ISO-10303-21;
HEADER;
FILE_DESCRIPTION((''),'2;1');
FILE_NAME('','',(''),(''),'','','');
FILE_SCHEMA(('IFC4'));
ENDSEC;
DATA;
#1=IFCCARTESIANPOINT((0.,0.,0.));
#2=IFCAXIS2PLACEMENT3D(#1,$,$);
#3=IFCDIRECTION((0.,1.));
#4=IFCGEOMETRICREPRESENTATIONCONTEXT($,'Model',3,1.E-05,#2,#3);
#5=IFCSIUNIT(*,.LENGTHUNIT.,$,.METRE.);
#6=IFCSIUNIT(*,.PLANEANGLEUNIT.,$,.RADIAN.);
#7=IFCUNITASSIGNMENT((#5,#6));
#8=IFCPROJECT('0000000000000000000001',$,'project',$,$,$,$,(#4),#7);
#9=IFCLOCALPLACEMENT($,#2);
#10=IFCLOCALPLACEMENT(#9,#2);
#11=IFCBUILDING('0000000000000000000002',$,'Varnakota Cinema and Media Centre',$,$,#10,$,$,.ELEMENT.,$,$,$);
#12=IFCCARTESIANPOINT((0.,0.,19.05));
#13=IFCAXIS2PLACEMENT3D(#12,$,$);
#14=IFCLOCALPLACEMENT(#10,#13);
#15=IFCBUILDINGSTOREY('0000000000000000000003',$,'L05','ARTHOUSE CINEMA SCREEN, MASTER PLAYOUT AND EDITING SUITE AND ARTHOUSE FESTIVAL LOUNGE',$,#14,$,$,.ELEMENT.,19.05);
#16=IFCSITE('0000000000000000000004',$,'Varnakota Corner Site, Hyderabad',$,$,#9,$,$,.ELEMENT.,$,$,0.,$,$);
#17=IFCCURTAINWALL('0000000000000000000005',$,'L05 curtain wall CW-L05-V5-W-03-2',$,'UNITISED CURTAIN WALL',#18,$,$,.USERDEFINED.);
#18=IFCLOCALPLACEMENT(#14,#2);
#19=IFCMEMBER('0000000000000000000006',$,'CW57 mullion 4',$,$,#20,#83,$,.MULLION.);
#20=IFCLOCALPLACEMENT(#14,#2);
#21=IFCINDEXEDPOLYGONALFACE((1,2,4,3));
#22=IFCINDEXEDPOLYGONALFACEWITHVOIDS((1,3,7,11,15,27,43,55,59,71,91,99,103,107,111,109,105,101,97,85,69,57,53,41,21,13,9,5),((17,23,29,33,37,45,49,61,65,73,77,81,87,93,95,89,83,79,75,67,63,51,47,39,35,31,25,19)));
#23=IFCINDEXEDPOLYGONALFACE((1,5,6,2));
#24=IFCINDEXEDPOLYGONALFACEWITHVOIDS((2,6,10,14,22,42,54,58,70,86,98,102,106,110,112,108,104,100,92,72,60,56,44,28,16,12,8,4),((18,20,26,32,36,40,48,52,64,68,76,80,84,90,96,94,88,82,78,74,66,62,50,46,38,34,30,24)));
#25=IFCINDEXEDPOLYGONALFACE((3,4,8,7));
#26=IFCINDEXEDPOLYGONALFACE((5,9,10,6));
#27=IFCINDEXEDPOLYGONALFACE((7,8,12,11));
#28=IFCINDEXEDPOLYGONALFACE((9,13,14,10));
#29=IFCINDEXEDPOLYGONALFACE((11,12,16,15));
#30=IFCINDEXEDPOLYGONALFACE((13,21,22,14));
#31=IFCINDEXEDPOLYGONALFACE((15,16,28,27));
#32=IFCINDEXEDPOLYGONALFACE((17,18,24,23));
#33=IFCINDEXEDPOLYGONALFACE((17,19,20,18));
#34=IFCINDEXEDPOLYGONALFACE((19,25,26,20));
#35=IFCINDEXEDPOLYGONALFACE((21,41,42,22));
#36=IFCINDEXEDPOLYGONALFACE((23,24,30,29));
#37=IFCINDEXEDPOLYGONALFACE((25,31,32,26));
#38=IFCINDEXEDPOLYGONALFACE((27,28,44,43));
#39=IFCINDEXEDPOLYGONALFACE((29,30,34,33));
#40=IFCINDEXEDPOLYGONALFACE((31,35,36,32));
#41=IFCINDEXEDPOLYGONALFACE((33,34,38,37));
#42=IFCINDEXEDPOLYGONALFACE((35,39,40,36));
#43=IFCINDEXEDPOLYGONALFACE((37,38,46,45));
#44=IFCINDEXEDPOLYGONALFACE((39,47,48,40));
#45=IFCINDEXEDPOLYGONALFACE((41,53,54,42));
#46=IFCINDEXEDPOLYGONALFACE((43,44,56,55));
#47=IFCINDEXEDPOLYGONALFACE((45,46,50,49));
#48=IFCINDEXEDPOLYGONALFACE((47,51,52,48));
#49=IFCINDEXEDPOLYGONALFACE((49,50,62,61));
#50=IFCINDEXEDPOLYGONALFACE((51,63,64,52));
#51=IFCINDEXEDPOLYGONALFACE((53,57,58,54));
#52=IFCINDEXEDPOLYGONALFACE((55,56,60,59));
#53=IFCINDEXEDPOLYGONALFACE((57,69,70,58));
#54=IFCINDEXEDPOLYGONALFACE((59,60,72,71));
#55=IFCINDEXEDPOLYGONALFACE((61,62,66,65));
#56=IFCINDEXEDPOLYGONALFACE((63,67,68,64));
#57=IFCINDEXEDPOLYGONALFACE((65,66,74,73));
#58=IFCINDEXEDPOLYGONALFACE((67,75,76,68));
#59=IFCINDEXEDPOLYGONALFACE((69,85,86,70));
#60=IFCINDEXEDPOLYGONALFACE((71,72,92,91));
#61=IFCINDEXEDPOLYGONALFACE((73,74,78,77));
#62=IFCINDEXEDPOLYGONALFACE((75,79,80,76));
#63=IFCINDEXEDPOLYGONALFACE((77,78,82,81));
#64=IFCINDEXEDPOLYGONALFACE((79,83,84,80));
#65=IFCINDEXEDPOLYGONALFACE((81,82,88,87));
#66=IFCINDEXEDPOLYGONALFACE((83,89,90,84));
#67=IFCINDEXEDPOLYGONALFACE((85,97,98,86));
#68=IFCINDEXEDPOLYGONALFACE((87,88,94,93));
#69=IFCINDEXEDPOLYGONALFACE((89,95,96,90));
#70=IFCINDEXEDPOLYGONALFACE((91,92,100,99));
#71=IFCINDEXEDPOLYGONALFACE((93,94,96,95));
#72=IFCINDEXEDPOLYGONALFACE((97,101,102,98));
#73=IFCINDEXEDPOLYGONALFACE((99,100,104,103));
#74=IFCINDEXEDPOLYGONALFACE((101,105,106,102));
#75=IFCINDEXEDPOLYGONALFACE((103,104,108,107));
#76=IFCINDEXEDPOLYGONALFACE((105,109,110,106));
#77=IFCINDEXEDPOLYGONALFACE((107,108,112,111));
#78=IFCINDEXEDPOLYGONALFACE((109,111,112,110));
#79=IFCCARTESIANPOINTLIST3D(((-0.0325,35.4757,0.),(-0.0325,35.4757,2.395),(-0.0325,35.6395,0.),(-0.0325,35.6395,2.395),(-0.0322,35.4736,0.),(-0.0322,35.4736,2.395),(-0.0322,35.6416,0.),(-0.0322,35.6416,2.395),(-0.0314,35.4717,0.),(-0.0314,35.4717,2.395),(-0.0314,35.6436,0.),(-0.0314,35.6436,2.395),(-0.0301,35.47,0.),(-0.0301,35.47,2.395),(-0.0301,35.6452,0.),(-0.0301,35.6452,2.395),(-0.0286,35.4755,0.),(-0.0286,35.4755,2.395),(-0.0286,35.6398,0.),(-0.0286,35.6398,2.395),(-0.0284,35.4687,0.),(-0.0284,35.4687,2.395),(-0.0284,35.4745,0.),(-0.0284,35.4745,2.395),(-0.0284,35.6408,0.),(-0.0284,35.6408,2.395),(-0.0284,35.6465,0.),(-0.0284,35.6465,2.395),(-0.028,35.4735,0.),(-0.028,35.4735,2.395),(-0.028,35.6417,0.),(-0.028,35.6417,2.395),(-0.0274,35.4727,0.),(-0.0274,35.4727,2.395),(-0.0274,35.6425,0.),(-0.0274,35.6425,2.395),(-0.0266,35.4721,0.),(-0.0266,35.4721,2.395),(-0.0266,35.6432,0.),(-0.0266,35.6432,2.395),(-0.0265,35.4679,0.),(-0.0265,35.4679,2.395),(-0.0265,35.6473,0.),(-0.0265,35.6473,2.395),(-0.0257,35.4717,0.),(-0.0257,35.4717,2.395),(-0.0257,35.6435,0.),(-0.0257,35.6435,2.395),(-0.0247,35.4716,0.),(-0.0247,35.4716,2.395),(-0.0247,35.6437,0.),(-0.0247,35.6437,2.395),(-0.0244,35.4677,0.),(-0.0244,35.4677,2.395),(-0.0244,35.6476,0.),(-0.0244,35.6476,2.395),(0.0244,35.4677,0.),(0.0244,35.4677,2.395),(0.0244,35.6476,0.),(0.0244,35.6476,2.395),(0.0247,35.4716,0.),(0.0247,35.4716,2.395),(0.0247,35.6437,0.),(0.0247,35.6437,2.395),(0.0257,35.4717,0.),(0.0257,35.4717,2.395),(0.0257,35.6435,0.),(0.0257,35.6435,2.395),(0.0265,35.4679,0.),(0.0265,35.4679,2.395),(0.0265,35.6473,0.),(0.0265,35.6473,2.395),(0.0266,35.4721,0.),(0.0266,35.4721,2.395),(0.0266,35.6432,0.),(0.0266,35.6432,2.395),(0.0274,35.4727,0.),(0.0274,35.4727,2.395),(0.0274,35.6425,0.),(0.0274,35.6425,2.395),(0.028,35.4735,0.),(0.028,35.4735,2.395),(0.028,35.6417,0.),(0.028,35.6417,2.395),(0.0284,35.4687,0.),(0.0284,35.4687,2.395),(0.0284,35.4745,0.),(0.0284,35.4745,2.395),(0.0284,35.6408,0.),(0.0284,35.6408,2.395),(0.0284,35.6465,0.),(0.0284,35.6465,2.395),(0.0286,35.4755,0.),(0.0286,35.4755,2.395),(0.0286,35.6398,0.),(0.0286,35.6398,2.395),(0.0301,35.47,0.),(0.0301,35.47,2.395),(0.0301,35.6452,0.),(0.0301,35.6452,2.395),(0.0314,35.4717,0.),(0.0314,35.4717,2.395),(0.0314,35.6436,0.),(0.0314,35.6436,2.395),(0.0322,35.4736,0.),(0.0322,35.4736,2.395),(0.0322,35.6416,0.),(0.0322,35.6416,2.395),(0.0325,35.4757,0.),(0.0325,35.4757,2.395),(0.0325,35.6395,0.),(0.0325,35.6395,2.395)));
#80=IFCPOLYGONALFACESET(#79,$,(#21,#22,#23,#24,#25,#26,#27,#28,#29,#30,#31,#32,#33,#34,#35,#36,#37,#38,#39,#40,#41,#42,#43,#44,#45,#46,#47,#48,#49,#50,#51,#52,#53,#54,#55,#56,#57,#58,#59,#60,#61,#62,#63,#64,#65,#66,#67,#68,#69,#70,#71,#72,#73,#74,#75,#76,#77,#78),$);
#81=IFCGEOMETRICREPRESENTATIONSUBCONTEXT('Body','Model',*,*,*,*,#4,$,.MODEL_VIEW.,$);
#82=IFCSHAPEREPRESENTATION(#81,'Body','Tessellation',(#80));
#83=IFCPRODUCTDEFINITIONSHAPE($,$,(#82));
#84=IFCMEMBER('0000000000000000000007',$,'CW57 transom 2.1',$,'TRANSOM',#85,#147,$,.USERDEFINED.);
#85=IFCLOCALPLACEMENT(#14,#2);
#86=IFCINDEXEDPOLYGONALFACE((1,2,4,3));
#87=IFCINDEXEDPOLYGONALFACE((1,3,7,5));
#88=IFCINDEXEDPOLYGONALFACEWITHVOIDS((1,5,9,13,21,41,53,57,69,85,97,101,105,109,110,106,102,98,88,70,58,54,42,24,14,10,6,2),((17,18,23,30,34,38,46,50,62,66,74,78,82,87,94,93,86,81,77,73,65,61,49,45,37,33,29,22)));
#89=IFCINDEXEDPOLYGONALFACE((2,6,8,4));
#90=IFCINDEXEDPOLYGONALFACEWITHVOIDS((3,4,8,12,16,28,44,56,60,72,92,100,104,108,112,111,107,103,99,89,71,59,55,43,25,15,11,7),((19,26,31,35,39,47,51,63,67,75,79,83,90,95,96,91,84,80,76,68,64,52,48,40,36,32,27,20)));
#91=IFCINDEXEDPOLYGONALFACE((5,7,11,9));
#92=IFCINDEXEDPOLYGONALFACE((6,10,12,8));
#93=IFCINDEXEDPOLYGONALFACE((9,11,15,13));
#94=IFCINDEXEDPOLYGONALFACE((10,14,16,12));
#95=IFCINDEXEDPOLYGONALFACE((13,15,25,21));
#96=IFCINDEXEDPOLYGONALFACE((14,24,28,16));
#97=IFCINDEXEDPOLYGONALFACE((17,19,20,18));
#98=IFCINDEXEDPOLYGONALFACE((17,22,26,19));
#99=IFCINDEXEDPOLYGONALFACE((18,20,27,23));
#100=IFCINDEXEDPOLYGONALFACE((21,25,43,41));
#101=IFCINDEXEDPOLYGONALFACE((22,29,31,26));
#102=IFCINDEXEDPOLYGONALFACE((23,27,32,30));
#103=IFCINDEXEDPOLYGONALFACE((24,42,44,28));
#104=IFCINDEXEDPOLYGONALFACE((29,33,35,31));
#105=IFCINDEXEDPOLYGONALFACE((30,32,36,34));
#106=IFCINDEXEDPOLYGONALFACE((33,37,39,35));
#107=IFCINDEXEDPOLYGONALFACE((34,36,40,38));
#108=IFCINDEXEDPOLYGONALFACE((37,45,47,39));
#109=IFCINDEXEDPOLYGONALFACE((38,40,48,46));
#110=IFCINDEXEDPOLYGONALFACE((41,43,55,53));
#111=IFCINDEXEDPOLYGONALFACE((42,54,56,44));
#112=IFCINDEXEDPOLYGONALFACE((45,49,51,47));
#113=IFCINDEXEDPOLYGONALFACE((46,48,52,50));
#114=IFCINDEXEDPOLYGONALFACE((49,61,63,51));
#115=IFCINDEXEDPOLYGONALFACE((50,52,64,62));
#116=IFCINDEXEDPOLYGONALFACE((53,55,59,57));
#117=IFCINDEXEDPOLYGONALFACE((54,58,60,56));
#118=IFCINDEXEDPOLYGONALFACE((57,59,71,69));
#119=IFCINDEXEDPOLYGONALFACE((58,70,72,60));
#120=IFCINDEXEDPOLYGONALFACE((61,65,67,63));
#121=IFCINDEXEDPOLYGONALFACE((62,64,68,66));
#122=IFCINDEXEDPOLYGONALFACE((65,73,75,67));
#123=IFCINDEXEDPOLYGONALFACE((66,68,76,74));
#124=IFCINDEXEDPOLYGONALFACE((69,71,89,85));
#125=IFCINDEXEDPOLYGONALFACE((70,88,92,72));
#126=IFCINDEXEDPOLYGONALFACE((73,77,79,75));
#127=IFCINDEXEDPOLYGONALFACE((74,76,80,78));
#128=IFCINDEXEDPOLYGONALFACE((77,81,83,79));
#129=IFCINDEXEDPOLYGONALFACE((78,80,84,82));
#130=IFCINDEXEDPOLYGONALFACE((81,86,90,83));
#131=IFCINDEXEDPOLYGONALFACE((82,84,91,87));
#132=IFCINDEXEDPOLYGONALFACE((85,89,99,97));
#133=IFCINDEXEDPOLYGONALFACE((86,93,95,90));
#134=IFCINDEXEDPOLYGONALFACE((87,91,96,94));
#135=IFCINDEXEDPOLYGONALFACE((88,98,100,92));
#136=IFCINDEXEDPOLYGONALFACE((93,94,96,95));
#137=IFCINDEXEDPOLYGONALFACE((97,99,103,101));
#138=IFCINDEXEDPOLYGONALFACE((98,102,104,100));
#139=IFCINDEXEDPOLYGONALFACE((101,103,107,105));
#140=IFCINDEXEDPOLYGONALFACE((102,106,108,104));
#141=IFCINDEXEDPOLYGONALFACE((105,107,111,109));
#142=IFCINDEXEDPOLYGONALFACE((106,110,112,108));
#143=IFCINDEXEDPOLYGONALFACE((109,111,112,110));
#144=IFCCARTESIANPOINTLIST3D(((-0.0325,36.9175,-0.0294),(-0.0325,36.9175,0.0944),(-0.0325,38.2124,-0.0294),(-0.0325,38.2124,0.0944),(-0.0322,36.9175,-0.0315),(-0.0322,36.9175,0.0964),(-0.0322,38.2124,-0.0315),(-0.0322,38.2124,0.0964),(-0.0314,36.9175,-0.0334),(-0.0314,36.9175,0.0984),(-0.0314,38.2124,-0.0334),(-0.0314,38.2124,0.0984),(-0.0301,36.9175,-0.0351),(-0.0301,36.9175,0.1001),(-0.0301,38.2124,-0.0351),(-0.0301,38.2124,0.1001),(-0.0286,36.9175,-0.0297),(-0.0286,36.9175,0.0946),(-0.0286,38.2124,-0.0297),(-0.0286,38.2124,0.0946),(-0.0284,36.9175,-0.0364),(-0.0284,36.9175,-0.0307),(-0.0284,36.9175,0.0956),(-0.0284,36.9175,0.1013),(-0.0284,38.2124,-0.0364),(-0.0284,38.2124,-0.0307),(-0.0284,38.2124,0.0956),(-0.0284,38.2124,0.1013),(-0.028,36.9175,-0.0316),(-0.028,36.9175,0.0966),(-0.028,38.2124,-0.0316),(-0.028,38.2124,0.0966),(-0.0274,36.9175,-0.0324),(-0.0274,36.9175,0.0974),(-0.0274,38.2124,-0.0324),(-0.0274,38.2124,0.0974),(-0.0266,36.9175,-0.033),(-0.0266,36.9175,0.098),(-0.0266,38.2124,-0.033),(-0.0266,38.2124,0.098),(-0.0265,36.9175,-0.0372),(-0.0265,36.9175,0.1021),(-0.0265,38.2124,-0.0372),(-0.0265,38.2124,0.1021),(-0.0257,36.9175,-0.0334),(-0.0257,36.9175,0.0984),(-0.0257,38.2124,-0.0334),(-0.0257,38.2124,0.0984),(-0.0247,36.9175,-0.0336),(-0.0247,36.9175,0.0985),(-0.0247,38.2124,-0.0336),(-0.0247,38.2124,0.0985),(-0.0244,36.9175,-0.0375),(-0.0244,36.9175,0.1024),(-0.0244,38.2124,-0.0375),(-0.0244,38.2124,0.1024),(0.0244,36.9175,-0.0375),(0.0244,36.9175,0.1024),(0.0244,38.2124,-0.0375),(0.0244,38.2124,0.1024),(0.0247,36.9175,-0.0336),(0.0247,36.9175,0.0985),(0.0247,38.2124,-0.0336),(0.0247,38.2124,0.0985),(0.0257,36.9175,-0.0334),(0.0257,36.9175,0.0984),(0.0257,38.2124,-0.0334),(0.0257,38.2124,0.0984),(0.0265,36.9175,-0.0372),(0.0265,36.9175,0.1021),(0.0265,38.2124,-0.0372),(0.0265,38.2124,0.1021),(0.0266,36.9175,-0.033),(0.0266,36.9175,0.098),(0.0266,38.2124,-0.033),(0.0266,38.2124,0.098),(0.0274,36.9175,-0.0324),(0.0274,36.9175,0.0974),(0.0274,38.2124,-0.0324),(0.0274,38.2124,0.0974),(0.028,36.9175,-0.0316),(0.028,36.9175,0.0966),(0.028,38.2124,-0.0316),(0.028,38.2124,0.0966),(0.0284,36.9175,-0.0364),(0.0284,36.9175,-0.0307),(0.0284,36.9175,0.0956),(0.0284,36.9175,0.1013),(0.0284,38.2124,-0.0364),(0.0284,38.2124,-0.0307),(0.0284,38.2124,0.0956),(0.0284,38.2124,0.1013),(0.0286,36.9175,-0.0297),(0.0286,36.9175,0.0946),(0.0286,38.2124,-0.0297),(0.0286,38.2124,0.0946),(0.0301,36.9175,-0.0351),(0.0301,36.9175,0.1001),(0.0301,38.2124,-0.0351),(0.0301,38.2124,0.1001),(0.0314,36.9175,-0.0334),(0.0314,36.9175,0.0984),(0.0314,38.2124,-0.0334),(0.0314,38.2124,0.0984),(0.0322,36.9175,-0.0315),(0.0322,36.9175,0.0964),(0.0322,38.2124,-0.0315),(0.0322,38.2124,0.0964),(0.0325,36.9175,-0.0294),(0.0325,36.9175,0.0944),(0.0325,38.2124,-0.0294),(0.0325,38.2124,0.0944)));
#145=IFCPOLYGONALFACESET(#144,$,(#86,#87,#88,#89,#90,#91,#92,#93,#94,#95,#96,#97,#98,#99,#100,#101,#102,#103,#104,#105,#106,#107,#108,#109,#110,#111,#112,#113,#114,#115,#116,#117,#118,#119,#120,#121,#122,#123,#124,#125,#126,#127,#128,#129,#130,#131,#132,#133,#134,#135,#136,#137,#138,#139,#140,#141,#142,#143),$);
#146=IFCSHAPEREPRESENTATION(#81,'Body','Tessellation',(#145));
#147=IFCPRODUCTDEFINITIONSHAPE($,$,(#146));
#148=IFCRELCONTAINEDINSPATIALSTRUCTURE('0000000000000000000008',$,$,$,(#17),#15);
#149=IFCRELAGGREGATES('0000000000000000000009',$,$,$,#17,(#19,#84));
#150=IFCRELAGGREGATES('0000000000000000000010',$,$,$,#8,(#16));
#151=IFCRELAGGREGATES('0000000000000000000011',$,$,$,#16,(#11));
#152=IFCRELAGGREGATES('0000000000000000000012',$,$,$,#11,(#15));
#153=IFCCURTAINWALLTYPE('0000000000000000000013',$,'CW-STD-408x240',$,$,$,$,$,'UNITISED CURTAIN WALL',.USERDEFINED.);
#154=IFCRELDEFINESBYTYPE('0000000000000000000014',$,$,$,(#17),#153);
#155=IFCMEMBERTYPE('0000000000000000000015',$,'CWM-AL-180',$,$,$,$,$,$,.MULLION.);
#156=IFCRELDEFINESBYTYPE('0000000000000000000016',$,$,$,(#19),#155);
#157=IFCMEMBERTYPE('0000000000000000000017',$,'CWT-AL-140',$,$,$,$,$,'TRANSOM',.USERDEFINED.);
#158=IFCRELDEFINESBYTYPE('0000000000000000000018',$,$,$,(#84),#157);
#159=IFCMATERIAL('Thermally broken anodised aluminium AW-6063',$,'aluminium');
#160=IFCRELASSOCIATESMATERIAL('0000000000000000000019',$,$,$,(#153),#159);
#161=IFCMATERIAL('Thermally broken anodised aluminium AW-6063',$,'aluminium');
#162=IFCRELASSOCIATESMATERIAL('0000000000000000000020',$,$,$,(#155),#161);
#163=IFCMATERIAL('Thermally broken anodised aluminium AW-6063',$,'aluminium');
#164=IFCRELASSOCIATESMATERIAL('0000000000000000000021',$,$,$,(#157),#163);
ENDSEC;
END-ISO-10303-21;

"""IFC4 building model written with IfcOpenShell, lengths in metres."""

from ifc_helpers import new_model, si_unit, direction, frame, origin, origin_2d, place, context, subcontext, project, spatial, hollow_rectangle, extrude, material, material_profile, profile_set, type_object, element, aggregate, save


model = new_model("IFC4")

# Units and contexts
model_context = context("Model", 3, precision=1e-05, world=origin(), true_north=direction((0.0, 1.0)))
body_context = subcontext(model_context, "Body", "Model", "MODEL_VIEW")
ifc_project = project(units=[si_unit("LENGTHUNIT", "METRE"), si_unit("PLANEANGLEUNIT", "RADIAN")], contexts=[model_context])

# Site, building, storey
site_placement = place(None, origin())
site = spatial("IfcSite", under=ifc_project, at=site_placement, Name="Varnakota Corner Site, Hyderabad", CompositionType="ELEMENT", RefElevation=0.0)
building_placement = place(site_placement, origin())
building = spatial("IfcBuilding", under=site, at=building_placement, Name="Varnakota Cinema and Media Centre", CompositionType="ELEMENT")
storey_placement = place(building_placement, frame((0.0, 0.0, 19.05)))
storey = spatial("IfcBuildingStorey", under=building, at=storey_placement, Name="L05", Description="ARTHOUSE CINEMA SCREEN, MASTER PLAYOUT AND EDITING SUITE AND ARTHOUSE FESTIVAL LOUNGE", CompositionType="ELEMENT", Elevation=19.05)

# Curtain wall, members
ifc_material_1 = material(Name="Thermally broken anodised aluminium AW-6063", Category="aluminium")
curtain_wall_type = type_object("IfcCurtainWallType", Name="CW-STD-408x240", ElementType="UNITISED CURTAIN WALL", PredefinedType="USERDEFINED", material=ifc_material_1)
curtain_wall_placement = place(storey_placement, origin())
curtain_wall = element("IfcCurtainWall", 1, at=curtain_wall_placement, inside=storey, type_object=curtain_wall_type, Name="L05 curtain wall CW-L05-V5-W-03-2", ObjectType="UNITISED CURTAIN WALL", PredefinedType="USERDEFINED")
ifc_material_2 = material(Name="Thermally broken anodised aluminium AW-6063", Category="aluminium")
ifc_material_profile_1 = material_profile(ifc_material_2, hollow_rectangle(XDim=0.0649, YDim=0.1799, WallThickness=0.0039, InnerFilletRadius=0.0039, OuterFilletRadius=0.0081, at=origin_2d()), Name="AL-MULLION 180x65x4")
ifc_profile_set_1 = profile_set([ifc_material_profile_1], Name="Thermally broken anodised aluminium AW-6063")
member_type_1 = type_object("IfcMemberType", Name="CWM-AL-180", PredefinedType="MULLION", material=ifc_profile_set_1)
member_1_placement = place(storey_placement, frame((0.0, 35.5576, 0.0), z_axis=(0.0, 0.0, 1.0), x_axis=(1.0, 0.0, 0.0)))
member_1 = element("IfcMember", 2, at=member_1_placement, type_object=member_type_1, Name="CW57 mullion 4", PredefinedType="MULLION", context=body_context, shape_type="SweptSolid", body=[
    extrude(hollow_rectangle(XDim=0.0649, YDim=0.1799, WallThickness=0.0039, InnerFilletRadius=0.0039, OuterFilletRadius=0.0081, at=origin_2d()), origin(), (0.0, 0.0, 1.0), 2.395),
])
ifc_material_3 = material(Name="Thermally broken anodised aluminium AW-6063", Category="aluminium")
ifc_material_profile_2 = material_profile(ifc_material_3, hollow_rectangle(XDim=0.0649, YDim=0.1399, WallThickness=0.0039, InnerFilletRadius=0.0039, OuterFilletRadius=0.0081, at=origin_2d()), Name="AL-TRANSOM 140x65x4")
ifc_profile_set_2 = profile_set([ifc_material_profile_2], Name="Thermally broken anodised aluminium AW-6063")
member_type_2 = type_object("IfcMemberType", Name="CWT-AL-140", ElementType="TRANSOM", PredefinedType="USERDEFINED", material=ifc_profile_set_2)
member_2_placement = place(storey_placement, frame((0.0, 38.2124, 0.0325), z_axis=(0.0, -1.0, 0.0), x_axis=(1.0, 0.0, 0.0)))
member_2 = element("IfcMember", 3, at=member_2_placement, type_object=member_type_2, Name="CW57 transom 2.1", ObjectType="TRANSOM", PredefinedType="USERDEFINED", context=body_context, shape_type="SweptSolid", body=[
    extrude(hollow_rectangle(XDim=0.0649, YDim=0.1399, WallThickness=0.0039, InnerFilletRadius=0.0039, OuterFilletRadius=0.0081, at=origin_2d()), origin(), (0.0, 0.0, 1.0), 1.2949),
])
aggregate(curtain_wall, [member_1, member_2])

save(model, "model.ifc")
